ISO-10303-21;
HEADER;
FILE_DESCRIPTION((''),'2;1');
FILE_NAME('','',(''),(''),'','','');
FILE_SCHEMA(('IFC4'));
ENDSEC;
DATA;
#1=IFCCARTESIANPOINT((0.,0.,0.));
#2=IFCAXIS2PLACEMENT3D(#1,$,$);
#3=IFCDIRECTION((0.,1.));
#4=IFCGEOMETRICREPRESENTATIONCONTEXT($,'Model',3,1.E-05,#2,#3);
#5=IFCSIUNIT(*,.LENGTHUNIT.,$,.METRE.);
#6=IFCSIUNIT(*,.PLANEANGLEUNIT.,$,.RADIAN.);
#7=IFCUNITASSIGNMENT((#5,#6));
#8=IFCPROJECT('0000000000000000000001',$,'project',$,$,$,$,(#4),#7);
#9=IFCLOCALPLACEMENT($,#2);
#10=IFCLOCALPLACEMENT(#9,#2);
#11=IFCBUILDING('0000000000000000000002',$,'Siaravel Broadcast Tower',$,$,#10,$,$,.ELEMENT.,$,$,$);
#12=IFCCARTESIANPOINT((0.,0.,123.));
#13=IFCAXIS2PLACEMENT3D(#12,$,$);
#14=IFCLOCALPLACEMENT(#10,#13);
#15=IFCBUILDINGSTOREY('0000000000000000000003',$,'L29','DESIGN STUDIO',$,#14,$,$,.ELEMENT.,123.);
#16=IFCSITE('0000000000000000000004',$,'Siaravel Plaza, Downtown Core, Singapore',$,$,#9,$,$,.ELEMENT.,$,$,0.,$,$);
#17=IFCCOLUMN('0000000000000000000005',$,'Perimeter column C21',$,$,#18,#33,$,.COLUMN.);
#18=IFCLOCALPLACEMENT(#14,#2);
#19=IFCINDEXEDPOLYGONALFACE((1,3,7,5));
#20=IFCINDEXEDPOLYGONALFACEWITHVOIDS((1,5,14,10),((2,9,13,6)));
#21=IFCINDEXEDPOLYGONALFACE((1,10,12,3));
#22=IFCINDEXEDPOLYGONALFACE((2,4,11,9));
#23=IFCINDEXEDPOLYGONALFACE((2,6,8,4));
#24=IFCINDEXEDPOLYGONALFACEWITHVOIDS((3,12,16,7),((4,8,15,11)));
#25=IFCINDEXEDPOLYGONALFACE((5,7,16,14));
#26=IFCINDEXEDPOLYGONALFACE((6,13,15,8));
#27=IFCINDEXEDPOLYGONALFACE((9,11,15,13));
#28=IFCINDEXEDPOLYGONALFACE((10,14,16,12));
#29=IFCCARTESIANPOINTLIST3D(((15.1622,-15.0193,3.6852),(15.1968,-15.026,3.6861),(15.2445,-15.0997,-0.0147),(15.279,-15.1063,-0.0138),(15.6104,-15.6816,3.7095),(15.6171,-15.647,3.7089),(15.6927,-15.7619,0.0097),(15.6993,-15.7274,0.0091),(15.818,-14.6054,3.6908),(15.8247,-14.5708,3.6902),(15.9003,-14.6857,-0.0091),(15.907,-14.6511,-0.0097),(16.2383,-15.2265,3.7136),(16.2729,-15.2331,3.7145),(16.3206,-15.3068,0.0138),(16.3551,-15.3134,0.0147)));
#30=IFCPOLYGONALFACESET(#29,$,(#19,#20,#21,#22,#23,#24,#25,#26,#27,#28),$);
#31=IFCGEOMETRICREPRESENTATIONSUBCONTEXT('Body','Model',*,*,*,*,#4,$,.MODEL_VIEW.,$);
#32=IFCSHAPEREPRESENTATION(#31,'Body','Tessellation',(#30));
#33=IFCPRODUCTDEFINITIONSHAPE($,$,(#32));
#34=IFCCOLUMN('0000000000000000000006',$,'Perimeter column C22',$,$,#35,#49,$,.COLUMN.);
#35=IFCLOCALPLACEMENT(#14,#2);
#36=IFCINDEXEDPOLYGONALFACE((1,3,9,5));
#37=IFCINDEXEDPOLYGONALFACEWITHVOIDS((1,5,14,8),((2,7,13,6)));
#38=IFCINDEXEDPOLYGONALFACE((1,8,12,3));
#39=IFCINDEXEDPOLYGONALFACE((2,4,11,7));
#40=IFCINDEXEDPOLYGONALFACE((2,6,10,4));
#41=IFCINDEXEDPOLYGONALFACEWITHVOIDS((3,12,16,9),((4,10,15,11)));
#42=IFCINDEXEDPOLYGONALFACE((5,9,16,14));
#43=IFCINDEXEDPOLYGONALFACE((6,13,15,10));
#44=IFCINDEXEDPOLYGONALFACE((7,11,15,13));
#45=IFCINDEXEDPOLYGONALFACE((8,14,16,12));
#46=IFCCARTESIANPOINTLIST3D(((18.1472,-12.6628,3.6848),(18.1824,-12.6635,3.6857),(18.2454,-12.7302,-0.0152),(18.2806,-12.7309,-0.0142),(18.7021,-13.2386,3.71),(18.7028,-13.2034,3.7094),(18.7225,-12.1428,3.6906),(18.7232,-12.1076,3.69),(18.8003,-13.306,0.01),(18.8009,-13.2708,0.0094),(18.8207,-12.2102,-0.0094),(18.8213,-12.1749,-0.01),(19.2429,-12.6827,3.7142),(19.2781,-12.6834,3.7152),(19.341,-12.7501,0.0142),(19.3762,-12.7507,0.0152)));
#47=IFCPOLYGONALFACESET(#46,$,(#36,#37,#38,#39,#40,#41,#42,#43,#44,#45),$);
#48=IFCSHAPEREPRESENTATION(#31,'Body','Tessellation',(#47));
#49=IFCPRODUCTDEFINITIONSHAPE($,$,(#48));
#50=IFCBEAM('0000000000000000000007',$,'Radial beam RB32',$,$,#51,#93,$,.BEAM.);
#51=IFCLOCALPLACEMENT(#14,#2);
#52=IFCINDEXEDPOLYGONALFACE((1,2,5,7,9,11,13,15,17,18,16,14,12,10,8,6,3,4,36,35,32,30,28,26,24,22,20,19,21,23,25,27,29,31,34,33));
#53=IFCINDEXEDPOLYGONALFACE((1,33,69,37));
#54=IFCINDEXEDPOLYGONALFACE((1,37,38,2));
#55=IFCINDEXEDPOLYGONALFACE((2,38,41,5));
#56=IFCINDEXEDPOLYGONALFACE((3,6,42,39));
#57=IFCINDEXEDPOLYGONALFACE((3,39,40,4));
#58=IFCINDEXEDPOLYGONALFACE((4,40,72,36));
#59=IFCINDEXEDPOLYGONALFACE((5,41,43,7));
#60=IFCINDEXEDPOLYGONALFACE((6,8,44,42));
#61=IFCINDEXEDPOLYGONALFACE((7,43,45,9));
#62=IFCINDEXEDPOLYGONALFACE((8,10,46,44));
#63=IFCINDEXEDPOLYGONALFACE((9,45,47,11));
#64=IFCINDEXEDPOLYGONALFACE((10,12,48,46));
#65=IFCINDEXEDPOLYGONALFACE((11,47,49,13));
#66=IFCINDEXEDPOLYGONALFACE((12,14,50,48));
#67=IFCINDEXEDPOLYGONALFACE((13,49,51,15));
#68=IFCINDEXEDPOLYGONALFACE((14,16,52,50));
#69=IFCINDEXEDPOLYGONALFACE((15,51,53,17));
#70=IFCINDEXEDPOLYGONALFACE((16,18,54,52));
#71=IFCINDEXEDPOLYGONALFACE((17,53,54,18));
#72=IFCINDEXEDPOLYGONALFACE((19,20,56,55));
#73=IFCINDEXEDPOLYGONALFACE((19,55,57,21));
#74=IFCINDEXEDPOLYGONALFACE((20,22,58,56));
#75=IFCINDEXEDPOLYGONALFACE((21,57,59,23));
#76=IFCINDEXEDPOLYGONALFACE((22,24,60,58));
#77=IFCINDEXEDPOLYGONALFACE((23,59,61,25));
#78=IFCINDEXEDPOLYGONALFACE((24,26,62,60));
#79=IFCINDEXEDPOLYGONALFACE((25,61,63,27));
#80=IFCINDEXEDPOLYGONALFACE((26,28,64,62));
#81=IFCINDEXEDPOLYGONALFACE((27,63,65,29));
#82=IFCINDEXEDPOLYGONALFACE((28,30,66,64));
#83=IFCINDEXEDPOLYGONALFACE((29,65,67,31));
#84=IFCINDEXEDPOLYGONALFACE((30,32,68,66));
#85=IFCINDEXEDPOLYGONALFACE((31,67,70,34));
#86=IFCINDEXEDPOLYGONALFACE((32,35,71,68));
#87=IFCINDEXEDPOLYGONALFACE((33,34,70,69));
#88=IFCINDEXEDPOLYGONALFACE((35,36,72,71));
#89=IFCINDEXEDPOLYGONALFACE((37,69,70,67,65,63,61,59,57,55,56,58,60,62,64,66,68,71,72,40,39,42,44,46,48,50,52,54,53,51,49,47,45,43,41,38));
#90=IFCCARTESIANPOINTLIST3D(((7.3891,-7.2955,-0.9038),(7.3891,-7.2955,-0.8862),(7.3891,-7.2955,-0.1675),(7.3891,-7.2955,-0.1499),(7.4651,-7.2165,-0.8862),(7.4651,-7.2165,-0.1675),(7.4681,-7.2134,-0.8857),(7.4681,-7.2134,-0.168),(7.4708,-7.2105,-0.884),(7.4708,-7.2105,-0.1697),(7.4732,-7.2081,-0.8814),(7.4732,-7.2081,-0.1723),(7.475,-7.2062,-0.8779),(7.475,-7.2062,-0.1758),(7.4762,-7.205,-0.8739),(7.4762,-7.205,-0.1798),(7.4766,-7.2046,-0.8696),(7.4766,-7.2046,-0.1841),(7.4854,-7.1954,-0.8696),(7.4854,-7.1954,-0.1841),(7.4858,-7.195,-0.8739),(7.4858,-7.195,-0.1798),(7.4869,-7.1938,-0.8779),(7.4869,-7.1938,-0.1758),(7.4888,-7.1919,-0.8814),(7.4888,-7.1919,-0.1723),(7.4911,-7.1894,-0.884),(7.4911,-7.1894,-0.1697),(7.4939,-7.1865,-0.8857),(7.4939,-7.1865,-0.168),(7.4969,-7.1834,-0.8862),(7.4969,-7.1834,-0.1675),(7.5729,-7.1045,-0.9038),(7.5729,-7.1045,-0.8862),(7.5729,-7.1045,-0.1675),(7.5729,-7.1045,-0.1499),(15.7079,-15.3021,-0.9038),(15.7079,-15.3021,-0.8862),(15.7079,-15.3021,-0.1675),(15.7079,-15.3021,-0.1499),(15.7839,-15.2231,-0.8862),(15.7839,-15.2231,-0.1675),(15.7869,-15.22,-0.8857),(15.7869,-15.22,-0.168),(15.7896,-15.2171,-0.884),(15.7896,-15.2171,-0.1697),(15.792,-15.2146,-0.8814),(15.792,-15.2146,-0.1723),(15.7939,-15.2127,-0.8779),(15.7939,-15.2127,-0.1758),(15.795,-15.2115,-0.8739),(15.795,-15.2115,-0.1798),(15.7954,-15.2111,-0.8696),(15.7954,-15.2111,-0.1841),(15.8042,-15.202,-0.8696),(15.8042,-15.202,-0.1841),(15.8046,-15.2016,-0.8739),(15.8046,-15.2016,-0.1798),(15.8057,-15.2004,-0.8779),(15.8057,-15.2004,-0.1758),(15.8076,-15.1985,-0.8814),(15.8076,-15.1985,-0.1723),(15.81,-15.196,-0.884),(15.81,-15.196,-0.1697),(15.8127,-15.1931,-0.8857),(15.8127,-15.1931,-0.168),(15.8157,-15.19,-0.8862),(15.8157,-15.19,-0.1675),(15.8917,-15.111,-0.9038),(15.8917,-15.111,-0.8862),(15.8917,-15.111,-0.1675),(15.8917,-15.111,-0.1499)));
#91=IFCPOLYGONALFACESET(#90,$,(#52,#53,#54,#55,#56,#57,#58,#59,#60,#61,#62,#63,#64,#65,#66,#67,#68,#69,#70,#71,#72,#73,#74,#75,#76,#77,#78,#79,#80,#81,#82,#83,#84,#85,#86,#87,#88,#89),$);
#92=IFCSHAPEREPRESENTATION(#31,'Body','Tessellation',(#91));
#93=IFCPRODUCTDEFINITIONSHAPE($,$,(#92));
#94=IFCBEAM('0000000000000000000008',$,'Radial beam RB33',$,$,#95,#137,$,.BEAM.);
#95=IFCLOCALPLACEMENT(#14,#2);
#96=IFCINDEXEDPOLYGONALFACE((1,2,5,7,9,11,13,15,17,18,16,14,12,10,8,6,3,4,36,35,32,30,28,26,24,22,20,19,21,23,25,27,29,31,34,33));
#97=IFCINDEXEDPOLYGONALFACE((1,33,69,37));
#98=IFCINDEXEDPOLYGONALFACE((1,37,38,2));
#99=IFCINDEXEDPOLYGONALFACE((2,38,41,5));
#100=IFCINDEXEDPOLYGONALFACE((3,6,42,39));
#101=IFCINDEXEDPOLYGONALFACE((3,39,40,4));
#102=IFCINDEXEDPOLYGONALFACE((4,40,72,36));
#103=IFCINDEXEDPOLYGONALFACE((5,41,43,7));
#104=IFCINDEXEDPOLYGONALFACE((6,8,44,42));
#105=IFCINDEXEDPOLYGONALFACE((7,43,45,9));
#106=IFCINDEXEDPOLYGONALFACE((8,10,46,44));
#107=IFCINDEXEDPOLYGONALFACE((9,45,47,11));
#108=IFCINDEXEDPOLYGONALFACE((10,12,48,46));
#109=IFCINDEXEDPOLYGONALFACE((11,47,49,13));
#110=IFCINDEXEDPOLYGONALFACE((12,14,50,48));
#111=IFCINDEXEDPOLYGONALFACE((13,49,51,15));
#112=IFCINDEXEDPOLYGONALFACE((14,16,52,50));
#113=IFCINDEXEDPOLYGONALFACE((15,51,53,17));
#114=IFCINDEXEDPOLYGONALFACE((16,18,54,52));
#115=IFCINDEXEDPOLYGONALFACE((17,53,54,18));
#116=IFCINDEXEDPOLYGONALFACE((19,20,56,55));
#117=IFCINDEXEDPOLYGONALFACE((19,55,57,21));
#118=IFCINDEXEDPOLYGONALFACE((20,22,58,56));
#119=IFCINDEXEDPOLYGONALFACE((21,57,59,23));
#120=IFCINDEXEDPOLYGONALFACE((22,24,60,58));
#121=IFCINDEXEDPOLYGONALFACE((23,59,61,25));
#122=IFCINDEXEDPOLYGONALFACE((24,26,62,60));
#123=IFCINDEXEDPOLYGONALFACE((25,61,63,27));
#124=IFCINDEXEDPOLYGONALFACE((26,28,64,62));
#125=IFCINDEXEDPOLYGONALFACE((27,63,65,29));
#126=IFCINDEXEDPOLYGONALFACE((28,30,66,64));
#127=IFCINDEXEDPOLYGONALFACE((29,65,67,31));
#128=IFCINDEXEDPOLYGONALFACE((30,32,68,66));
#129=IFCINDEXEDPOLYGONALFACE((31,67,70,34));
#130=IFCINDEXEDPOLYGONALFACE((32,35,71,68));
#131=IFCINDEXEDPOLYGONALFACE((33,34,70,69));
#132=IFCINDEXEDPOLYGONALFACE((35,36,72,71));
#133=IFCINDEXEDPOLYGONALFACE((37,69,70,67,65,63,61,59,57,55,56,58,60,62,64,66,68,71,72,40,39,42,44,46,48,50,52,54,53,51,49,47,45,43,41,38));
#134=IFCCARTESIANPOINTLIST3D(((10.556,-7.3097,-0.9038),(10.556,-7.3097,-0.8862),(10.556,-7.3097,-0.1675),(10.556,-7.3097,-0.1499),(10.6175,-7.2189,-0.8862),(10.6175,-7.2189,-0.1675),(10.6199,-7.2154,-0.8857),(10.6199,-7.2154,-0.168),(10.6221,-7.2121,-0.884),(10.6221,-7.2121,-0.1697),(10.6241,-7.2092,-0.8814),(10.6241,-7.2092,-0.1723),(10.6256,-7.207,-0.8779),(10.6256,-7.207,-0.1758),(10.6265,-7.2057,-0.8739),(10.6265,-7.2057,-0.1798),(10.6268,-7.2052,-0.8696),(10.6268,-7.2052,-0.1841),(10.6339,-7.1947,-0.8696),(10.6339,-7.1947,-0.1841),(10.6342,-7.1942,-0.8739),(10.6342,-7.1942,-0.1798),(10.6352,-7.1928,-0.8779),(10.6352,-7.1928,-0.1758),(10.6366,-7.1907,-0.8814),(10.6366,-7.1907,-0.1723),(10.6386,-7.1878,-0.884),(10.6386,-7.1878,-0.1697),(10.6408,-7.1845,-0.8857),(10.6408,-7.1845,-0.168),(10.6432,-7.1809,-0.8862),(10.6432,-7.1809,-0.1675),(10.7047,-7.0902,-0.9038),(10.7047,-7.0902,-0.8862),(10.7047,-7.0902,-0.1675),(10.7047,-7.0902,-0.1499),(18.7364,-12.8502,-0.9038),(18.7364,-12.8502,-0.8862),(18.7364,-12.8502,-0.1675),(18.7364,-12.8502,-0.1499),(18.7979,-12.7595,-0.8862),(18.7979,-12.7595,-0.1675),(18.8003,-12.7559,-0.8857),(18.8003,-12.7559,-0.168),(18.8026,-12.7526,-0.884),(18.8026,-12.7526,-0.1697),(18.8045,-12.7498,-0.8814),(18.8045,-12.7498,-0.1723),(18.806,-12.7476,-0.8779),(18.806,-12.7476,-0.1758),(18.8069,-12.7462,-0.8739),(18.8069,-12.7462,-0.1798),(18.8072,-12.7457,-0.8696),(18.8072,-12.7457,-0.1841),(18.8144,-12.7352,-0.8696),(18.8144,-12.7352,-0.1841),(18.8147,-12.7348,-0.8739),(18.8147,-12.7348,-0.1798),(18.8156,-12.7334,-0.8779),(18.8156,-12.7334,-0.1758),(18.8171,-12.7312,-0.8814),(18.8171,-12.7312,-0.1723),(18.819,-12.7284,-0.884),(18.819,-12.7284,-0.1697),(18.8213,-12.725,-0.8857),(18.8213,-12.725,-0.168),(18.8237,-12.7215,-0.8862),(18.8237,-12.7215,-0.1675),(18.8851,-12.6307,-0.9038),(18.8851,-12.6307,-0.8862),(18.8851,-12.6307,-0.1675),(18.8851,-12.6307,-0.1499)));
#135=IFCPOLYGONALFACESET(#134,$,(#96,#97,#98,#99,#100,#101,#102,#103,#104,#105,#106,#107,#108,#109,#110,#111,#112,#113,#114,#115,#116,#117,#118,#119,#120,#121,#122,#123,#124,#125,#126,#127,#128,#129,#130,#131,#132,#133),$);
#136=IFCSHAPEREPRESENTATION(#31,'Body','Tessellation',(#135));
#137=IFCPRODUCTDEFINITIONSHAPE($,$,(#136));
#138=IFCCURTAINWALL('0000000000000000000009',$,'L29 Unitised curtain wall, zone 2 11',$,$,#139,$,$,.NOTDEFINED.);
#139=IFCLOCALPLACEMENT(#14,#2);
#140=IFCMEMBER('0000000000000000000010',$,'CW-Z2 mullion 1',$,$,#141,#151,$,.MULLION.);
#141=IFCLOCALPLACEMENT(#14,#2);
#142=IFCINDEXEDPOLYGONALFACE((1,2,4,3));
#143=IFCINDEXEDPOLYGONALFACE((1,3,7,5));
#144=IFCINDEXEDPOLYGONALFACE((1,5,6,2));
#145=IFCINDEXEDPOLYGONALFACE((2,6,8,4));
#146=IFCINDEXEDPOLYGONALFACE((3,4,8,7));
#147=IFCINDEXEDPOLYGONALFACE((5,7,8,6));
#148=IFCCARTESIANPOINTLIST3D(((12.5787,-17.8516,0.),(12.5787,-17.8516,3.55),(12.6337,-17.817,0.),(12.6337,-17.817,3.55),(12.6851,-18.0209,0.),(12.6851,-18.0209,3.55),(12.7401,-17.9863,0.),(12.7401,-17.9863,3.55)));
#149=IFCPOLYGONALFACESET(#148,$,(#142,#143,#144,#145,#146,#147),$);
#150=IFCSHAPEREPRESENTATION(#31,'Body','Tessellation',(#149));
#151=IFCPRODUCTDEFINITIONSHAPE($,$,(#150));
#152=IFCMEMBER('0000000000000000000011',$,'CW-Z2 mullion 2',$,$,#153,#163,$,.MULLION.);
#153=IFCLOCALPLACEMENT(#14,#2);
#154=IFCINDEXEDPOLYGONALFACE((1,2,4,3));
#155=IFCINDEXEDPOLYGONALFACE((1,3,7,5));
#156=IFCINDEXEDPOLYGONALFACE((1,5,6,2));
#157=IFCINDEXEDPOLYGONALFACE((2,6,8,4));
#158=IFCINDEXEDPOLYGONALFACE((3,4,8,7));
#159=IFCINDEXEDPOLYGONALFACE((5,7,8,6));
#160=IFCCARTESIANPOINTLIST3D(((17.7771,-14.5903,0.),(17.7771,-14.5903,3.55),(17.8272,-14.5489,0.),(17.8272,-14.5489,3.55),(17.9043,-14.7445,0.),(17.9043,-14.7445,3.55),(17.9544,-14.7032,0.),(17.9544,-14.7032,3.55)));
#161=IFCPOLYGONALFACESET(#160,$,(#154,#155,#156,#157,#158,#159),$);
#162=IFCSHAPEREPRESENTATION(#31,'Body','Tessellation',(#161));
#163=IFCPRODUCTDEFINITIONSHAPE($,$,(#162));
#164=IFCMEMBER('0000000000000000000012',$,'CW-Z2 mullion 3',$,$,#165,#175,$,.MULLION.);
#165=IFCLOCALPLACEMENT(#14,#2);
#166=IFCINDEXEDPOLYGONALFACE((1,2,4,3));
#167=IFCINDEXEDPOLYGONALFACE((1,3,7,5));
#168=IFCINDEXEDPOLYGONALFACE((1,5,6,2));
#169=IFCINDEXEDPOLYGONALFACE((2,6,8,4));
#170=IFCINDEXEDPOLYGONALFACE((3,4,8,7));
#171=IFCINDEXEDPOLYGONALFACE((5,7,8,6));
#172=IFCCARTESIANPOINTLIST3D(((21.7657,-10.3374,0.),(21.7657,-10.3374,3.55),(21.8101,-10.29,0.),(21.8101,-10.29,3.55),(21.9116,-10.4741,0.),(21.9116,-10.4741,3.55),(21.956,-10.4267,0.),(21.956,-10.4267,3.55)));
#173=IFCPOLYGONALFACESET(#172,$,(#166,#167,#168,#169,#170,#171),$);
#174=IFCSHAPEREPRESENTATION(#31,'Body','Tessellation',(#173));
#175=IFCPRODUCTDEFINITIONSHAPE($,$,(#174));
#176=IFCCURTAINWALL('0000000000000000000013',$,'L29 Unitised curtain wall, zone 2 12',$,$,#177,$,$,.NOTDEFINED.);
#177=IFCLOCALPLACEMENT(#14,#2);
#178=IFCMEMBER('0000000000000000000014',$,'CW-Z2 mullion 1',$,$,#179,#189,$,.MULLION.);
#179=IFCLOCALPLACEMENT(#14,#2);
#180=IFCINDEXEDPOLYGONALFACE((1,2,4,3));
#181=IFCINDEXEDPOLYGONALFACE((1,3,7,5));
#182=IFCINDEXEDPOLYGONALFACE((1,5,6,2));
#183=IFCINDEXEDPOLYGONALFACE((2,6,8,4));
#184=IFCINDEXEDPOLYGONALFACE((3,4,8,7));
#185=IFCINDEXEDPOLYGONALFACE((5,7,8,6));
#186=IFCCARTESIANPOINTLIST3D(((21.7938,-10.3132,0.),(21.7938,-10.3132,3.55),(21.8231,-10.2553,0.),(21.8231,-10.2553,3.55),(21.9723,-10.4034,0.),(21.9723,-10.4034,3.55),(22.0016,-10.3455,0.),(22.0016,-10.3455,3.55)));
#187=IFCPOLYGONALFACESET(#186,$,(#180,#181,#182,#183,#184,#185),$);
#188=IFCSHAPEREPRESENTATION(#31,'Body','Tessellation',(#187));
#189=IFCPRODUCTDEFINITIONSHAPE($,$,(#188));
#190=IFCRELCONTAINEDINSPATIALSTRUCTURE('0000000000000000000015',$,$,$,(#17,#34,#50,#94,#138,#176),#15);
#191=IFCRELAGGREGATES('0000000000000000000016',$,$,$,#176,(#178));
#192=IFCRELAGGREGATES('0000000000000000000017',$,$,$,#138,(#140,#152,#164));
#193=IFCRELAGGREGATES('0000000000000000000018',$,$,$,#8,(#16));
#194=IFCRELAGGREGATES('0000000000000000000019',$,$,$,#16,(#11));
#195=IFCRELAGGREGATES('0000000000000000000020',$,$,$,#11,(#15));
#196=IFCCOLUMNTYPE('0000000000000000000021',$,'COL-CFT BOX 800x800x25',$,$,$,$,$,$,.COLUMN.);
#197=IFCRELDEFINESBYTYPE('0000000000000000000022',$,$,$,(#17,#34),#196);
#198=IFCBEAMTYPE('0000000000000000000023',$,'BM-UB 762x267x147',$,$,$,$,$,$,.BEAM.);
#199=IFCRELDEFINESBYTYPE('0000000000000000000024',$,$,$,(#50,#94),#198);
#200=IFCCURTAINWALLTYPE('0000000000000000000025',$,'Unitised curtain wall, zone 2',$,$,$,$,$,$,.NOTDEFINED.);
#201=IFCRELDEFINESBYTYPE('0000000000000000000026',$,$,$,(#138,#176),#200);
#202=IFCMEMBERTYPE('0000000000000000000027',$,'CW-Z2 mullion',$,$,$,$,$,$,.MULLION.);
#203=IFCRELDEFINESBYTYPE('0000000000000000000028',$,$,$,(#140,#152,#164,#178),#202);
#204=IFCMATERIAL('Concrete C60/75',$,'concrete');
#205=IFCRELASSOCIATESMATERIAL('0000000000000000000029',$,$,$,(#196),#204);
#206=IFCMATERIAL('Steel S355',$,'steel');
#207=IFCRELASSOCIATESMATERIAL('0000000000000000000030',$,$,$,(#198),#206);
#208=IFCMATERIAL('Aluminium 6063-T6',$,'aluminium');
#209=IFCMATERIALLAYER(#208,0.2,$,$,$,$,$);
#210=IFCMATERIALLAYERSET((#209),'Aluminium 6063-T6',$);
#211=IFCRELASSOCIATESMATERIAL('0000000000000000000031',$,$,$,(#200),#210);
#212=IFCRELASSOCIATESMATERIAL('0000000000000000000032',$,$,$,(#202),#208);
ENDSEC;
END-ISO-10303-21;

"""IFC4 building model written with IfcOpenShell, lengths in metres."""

from ifc_helpers import new_model, si_unit, direction, frame, origin, origin_2d, place, context, subcontext, project, spatial, rectangle, hollow_rectangle, i_section, extrude, material, layer, layer_set, material_profile, profile_set, type_object, element, aggregate, save


model = new_model("IFC4")

# Units and contexts
model_context = context("Model", 3, precision=1e-05, world=origin(), true_north=direction((0.0, 1.0)))
body_context = subcontext(model_context, "Body", "Model", "MODEL_VIEW")
ifc_project = project(units=[si_unit("LENGTHUNIT", "METRE"), si_unit("PLANEANGLEUNIT", "RADIAN")], contexts=[model_context])

# Site, building, storey
site_placement = place(None, origin())
site = spatial("IfcSite", under=ifc_project, at=site_placement, Name="Siaravel Plaza, Downtown Core, Singapore", CompositionType="ELEMENT", RefElevation=0.0)
building_placement = place(site_placement, origin())
building = spatial("IfcBuilding", under=site, at=building_placement, Name="Siaravel Broadcast Tower", CompositionType="ELEMENT")
storey_placement = place(building_placement, frame((0.0, 0.0, 123.0)))
storey = spatial("IfcBuildingStorey", under=building, at=storey_placement, Name="L29", Description="DESIGN STUDIO", CompositionType="ELEMENT", Elevation=123.0)

# Columns
ifc_material_1 = material(Name="Concrete C60/75", Category="concrete")
ifc_material_profile_1 = material_profile(ifc_material_1, hollow_rectangle(XDim=0.8, YDim=0.8, WallThickness=0.0249, at=origin_2d()))
ifc_profile_set_1 = profile_set([ifc_material_profile_1], Name="Concrete C60/75")
column_type = type_object("IfcColumnType", Name="COL-CFT BOX 800x800x25", PredefinedType="COLUMN", material=ifc_profile_set_1)
column_1_placement = place(storey_placement, frame((15.7998, -15.2065, 0.0), z_axis=(-0.022226, 0.021699, 0.999517), x_axis=(-0.828057, -0.560609, -0.006243)))
element("IfcColumn", 1, at=column_1_placement, inside=storey, type_object=column_type, Name="Perimeter column C21", PredefinedType="COLUMN", context=body_context, shape_type="SweptSolid", body=[
    extrude(hollow_rectangle(XDim=0.8, YDim=0.8, WallThickness=0.0249, at=origin_2d()), origin(), (0.0, 0.0, 1.0), 3.7017),
])
column_2_placement = place(storey_placement, frame((18.8108, -12.7405, 0.0), z_axis=(-0.026512, 0.018202, 0.999483), x_axis=(-0.719899, -0.694049, -0.006456)))
element("IfcColumn", 2, at=column_2_placement, inside=storey, type_object=column_type, Name="Perimeter column C22", PredefinedType="COLUMN", context=body_context, shape_type="SweptSolid", body=[
    extrude(hollow_rectangle(XDim=0.8, YDim=0.8, WallThickness=0.0249, at=origin_2d()), origin(), (0.0, 0.0, 1.0), 3.7019),
])

# Beams
ifc_material_2 = material(Name="Steel S355", Category="steel")
ifc_material_profile_2 = material_profile(ifc_material_2, i_section(OverallWidth=0.2651, OverallDepth=0.7539, WebThickness=0.0127, FlangeThickness=0.0176, FilletRadius=0.0166, at=origin_2d()))
ifc_profile_set_2 = profile_set([ifc_material_profile_2], Name="Steel S355")
beam_type = type_object("IfcBeamType", Name="BM-UB 762x267x147", PredefinedType="BEAM", material=ifc_profile_set_2)
beam_1_placement = place(storey_placement, frame((15.7998, -15.2065, -0.5269), z_axis=(-0.7205, 0.693455, 0.0), x_axis=(-0.693455, -0.7205, 0.0)))
element("IfcBeam", 3, at=beam_1_placement, inside=storey, type_object=beam_type, Name="Radial beam RB32", PredefinedType="BEAM", context=body_context, shape_type="SweptSolid", body=[
    extrude(i_section(OverallWidth=0.2651, OverallDepth=0.7539, WebThickness=0.0127, FlangeThickness=0.0176, FilletRadius=0.0166, at=origin_2d()), origin(), (0.0, 0.0, 1.0), 11.5459),
])
beam_2_placement = place(storey_placement, frame((18.8108, -12.7405, -0.5269), z_axis=(-0.827968, 0.560775, 0.0), x_axis=(-0.560775, -0.827968, 0.0)))
element("IfcBeam", 4, at=beam_2_placement, inside=storey, type_object=beam_type, Name="Radial beam RB33", PredefinedType="BEAM", context=body_context, shape_type="SweptSolid", body=[
    extrude(i_section(OverallWidth=0.2651, OverallDepth=0.7539, WebThickness=0.0127, FlangeThickness=0.0176, FilletRadius=0.0166, at=origin_2d()), origin(), (0.0, 0.0, 1.0), 9.8801),
])

# Curtain wall, members
ifc_material_3 = material(Name="Aluminium 6063-T6", Category="aluminium")
ifc_layer_1 = layer(ifc_material_3, 0.2)
ifc_layer_set_1 = layer_set([ifc_layer_1], Name="Aluminium 6063-T6")
curtain_wall_type = type_object("IfcCurtainWallType", Name="Unitised curtain wall, zone 2", PredefinedType="NOTDEFINED", material=ifc_layer_set_1)
curtain_wall_1_placement = place(storey_placement, origin())
curtain_wall_1 = element("IfcCurtainWall", 5, at=curtain_wall_1_placement, inside=storey, type_object=curtain_wall_type, Name="L29 Unitised curtain wall, zone 2 11", PredefinedType="NOTDEFINED")
ifc_material_profile_3 = material_profile(ifc_material_3, rectangle(XDim=0.2, YDim=0.0649, at=origin_2d()))
ifc_profile_set_3 = profile_set([ifc_material_profile_3], Name="Aluminium 6063-T6")
member_type_1 = type_object("IfcMemberType", Name="CW-Z2 mullion", PredefinedType="MULLION", material=ifc_profile_set_3)
member_1_placement = place(storey_placement, frame((12.6594, -17.9189, 0.0), z_axis=(0.0, 0.0, 1.0), x_axis=(-0.532149, 0.846651, 0.0)))
member_1 = element("IfcMember", 6, at=member_1_placement, type_object=member_type_1, Name="CW-Z2 mullion 1", PredefinedType="MULLION", context=body_context, shape_type="SweptSolid", body=[
    extrude(rectangle(XDim=0.2, YDim=0.0649, at=origin_2d()), origin(), (0.0, 0.0, 1.0), 3.55),
])
member_2_placement = place(storey_placement, frame((17.8657, -14.6467, 0.0), z_axis=(0.0, 0.0, 1.0), x_axis=(-0.636219, 0.771509, 0.0)))
member_2 = element("IfcMember", 7, at=member_2_placement, type_object=member_type_1, Name="CW-Z2 mullion 2", PredefinedType="MULLION", context=body_context, shape_type="SweptSolid", body=[
    extrude(rectangle(XDim=0.2, YDim=0.0649, at=origin_2d()), origin(), (0.0, 0.0, 1.0), 3.55),
])
member_3_placement = place(storey_placement, frame((21.8608, -10.3821, 0.0), z_axis=(0.0, 0.0, 1.0), x_axis=(-0.729805, 0.683655, 0.0)))
member_3 = element("IfcMember", 8, at=member_3_placement, type_object=member_type_1, Name="CW-Z2 mullion 3", PredefinedType="MULLION", context=body_context, shape_type="SweptSolid", body=[
    extrude(rectangle(XDim=0.2, YDim=0.0649, at=origin_2d()), origin(), (0.0, 0.0, 1.0), 3.55),
])

# Curtain wall, member
curtain_wall_2_placement = place(storey_placement, origin())
curtain_wall_2 = element("IfcCurtainWall", 9, at=curtain_wall_2_placement, inside=storey, type_object=curtain_wall_type, Name="L29 Unitised curtain wall, zone 2 12", PredefinedType="NOTDEFINED")
member_4_placement = place(storey_placement, frame((21.8977, -10.3293, 0.0), z_axis=(0.0, 0.0, 1.0), x_axis=(-0.892392, 0.451261, 0.0)))
member_4 = element("IfcMember", 10, at=member_4_placement, type_object=member_type_1, Name="CW-Z2 mullion 1", PredefinedType="MULLION", context=body_context, shape_type="SweptSolid", body=[
    extrude(rectangle(XDim=0.2, YDim=0.0649, at=origin_2d()), origin(), (0.0, 0.0, 1.0), 3.55),
])
aggregate(curtain_wall_2, [member_4])

aggregate(curtain_wall_1, [member_1, member_2, member_3])

save(model, "model.ifc")
